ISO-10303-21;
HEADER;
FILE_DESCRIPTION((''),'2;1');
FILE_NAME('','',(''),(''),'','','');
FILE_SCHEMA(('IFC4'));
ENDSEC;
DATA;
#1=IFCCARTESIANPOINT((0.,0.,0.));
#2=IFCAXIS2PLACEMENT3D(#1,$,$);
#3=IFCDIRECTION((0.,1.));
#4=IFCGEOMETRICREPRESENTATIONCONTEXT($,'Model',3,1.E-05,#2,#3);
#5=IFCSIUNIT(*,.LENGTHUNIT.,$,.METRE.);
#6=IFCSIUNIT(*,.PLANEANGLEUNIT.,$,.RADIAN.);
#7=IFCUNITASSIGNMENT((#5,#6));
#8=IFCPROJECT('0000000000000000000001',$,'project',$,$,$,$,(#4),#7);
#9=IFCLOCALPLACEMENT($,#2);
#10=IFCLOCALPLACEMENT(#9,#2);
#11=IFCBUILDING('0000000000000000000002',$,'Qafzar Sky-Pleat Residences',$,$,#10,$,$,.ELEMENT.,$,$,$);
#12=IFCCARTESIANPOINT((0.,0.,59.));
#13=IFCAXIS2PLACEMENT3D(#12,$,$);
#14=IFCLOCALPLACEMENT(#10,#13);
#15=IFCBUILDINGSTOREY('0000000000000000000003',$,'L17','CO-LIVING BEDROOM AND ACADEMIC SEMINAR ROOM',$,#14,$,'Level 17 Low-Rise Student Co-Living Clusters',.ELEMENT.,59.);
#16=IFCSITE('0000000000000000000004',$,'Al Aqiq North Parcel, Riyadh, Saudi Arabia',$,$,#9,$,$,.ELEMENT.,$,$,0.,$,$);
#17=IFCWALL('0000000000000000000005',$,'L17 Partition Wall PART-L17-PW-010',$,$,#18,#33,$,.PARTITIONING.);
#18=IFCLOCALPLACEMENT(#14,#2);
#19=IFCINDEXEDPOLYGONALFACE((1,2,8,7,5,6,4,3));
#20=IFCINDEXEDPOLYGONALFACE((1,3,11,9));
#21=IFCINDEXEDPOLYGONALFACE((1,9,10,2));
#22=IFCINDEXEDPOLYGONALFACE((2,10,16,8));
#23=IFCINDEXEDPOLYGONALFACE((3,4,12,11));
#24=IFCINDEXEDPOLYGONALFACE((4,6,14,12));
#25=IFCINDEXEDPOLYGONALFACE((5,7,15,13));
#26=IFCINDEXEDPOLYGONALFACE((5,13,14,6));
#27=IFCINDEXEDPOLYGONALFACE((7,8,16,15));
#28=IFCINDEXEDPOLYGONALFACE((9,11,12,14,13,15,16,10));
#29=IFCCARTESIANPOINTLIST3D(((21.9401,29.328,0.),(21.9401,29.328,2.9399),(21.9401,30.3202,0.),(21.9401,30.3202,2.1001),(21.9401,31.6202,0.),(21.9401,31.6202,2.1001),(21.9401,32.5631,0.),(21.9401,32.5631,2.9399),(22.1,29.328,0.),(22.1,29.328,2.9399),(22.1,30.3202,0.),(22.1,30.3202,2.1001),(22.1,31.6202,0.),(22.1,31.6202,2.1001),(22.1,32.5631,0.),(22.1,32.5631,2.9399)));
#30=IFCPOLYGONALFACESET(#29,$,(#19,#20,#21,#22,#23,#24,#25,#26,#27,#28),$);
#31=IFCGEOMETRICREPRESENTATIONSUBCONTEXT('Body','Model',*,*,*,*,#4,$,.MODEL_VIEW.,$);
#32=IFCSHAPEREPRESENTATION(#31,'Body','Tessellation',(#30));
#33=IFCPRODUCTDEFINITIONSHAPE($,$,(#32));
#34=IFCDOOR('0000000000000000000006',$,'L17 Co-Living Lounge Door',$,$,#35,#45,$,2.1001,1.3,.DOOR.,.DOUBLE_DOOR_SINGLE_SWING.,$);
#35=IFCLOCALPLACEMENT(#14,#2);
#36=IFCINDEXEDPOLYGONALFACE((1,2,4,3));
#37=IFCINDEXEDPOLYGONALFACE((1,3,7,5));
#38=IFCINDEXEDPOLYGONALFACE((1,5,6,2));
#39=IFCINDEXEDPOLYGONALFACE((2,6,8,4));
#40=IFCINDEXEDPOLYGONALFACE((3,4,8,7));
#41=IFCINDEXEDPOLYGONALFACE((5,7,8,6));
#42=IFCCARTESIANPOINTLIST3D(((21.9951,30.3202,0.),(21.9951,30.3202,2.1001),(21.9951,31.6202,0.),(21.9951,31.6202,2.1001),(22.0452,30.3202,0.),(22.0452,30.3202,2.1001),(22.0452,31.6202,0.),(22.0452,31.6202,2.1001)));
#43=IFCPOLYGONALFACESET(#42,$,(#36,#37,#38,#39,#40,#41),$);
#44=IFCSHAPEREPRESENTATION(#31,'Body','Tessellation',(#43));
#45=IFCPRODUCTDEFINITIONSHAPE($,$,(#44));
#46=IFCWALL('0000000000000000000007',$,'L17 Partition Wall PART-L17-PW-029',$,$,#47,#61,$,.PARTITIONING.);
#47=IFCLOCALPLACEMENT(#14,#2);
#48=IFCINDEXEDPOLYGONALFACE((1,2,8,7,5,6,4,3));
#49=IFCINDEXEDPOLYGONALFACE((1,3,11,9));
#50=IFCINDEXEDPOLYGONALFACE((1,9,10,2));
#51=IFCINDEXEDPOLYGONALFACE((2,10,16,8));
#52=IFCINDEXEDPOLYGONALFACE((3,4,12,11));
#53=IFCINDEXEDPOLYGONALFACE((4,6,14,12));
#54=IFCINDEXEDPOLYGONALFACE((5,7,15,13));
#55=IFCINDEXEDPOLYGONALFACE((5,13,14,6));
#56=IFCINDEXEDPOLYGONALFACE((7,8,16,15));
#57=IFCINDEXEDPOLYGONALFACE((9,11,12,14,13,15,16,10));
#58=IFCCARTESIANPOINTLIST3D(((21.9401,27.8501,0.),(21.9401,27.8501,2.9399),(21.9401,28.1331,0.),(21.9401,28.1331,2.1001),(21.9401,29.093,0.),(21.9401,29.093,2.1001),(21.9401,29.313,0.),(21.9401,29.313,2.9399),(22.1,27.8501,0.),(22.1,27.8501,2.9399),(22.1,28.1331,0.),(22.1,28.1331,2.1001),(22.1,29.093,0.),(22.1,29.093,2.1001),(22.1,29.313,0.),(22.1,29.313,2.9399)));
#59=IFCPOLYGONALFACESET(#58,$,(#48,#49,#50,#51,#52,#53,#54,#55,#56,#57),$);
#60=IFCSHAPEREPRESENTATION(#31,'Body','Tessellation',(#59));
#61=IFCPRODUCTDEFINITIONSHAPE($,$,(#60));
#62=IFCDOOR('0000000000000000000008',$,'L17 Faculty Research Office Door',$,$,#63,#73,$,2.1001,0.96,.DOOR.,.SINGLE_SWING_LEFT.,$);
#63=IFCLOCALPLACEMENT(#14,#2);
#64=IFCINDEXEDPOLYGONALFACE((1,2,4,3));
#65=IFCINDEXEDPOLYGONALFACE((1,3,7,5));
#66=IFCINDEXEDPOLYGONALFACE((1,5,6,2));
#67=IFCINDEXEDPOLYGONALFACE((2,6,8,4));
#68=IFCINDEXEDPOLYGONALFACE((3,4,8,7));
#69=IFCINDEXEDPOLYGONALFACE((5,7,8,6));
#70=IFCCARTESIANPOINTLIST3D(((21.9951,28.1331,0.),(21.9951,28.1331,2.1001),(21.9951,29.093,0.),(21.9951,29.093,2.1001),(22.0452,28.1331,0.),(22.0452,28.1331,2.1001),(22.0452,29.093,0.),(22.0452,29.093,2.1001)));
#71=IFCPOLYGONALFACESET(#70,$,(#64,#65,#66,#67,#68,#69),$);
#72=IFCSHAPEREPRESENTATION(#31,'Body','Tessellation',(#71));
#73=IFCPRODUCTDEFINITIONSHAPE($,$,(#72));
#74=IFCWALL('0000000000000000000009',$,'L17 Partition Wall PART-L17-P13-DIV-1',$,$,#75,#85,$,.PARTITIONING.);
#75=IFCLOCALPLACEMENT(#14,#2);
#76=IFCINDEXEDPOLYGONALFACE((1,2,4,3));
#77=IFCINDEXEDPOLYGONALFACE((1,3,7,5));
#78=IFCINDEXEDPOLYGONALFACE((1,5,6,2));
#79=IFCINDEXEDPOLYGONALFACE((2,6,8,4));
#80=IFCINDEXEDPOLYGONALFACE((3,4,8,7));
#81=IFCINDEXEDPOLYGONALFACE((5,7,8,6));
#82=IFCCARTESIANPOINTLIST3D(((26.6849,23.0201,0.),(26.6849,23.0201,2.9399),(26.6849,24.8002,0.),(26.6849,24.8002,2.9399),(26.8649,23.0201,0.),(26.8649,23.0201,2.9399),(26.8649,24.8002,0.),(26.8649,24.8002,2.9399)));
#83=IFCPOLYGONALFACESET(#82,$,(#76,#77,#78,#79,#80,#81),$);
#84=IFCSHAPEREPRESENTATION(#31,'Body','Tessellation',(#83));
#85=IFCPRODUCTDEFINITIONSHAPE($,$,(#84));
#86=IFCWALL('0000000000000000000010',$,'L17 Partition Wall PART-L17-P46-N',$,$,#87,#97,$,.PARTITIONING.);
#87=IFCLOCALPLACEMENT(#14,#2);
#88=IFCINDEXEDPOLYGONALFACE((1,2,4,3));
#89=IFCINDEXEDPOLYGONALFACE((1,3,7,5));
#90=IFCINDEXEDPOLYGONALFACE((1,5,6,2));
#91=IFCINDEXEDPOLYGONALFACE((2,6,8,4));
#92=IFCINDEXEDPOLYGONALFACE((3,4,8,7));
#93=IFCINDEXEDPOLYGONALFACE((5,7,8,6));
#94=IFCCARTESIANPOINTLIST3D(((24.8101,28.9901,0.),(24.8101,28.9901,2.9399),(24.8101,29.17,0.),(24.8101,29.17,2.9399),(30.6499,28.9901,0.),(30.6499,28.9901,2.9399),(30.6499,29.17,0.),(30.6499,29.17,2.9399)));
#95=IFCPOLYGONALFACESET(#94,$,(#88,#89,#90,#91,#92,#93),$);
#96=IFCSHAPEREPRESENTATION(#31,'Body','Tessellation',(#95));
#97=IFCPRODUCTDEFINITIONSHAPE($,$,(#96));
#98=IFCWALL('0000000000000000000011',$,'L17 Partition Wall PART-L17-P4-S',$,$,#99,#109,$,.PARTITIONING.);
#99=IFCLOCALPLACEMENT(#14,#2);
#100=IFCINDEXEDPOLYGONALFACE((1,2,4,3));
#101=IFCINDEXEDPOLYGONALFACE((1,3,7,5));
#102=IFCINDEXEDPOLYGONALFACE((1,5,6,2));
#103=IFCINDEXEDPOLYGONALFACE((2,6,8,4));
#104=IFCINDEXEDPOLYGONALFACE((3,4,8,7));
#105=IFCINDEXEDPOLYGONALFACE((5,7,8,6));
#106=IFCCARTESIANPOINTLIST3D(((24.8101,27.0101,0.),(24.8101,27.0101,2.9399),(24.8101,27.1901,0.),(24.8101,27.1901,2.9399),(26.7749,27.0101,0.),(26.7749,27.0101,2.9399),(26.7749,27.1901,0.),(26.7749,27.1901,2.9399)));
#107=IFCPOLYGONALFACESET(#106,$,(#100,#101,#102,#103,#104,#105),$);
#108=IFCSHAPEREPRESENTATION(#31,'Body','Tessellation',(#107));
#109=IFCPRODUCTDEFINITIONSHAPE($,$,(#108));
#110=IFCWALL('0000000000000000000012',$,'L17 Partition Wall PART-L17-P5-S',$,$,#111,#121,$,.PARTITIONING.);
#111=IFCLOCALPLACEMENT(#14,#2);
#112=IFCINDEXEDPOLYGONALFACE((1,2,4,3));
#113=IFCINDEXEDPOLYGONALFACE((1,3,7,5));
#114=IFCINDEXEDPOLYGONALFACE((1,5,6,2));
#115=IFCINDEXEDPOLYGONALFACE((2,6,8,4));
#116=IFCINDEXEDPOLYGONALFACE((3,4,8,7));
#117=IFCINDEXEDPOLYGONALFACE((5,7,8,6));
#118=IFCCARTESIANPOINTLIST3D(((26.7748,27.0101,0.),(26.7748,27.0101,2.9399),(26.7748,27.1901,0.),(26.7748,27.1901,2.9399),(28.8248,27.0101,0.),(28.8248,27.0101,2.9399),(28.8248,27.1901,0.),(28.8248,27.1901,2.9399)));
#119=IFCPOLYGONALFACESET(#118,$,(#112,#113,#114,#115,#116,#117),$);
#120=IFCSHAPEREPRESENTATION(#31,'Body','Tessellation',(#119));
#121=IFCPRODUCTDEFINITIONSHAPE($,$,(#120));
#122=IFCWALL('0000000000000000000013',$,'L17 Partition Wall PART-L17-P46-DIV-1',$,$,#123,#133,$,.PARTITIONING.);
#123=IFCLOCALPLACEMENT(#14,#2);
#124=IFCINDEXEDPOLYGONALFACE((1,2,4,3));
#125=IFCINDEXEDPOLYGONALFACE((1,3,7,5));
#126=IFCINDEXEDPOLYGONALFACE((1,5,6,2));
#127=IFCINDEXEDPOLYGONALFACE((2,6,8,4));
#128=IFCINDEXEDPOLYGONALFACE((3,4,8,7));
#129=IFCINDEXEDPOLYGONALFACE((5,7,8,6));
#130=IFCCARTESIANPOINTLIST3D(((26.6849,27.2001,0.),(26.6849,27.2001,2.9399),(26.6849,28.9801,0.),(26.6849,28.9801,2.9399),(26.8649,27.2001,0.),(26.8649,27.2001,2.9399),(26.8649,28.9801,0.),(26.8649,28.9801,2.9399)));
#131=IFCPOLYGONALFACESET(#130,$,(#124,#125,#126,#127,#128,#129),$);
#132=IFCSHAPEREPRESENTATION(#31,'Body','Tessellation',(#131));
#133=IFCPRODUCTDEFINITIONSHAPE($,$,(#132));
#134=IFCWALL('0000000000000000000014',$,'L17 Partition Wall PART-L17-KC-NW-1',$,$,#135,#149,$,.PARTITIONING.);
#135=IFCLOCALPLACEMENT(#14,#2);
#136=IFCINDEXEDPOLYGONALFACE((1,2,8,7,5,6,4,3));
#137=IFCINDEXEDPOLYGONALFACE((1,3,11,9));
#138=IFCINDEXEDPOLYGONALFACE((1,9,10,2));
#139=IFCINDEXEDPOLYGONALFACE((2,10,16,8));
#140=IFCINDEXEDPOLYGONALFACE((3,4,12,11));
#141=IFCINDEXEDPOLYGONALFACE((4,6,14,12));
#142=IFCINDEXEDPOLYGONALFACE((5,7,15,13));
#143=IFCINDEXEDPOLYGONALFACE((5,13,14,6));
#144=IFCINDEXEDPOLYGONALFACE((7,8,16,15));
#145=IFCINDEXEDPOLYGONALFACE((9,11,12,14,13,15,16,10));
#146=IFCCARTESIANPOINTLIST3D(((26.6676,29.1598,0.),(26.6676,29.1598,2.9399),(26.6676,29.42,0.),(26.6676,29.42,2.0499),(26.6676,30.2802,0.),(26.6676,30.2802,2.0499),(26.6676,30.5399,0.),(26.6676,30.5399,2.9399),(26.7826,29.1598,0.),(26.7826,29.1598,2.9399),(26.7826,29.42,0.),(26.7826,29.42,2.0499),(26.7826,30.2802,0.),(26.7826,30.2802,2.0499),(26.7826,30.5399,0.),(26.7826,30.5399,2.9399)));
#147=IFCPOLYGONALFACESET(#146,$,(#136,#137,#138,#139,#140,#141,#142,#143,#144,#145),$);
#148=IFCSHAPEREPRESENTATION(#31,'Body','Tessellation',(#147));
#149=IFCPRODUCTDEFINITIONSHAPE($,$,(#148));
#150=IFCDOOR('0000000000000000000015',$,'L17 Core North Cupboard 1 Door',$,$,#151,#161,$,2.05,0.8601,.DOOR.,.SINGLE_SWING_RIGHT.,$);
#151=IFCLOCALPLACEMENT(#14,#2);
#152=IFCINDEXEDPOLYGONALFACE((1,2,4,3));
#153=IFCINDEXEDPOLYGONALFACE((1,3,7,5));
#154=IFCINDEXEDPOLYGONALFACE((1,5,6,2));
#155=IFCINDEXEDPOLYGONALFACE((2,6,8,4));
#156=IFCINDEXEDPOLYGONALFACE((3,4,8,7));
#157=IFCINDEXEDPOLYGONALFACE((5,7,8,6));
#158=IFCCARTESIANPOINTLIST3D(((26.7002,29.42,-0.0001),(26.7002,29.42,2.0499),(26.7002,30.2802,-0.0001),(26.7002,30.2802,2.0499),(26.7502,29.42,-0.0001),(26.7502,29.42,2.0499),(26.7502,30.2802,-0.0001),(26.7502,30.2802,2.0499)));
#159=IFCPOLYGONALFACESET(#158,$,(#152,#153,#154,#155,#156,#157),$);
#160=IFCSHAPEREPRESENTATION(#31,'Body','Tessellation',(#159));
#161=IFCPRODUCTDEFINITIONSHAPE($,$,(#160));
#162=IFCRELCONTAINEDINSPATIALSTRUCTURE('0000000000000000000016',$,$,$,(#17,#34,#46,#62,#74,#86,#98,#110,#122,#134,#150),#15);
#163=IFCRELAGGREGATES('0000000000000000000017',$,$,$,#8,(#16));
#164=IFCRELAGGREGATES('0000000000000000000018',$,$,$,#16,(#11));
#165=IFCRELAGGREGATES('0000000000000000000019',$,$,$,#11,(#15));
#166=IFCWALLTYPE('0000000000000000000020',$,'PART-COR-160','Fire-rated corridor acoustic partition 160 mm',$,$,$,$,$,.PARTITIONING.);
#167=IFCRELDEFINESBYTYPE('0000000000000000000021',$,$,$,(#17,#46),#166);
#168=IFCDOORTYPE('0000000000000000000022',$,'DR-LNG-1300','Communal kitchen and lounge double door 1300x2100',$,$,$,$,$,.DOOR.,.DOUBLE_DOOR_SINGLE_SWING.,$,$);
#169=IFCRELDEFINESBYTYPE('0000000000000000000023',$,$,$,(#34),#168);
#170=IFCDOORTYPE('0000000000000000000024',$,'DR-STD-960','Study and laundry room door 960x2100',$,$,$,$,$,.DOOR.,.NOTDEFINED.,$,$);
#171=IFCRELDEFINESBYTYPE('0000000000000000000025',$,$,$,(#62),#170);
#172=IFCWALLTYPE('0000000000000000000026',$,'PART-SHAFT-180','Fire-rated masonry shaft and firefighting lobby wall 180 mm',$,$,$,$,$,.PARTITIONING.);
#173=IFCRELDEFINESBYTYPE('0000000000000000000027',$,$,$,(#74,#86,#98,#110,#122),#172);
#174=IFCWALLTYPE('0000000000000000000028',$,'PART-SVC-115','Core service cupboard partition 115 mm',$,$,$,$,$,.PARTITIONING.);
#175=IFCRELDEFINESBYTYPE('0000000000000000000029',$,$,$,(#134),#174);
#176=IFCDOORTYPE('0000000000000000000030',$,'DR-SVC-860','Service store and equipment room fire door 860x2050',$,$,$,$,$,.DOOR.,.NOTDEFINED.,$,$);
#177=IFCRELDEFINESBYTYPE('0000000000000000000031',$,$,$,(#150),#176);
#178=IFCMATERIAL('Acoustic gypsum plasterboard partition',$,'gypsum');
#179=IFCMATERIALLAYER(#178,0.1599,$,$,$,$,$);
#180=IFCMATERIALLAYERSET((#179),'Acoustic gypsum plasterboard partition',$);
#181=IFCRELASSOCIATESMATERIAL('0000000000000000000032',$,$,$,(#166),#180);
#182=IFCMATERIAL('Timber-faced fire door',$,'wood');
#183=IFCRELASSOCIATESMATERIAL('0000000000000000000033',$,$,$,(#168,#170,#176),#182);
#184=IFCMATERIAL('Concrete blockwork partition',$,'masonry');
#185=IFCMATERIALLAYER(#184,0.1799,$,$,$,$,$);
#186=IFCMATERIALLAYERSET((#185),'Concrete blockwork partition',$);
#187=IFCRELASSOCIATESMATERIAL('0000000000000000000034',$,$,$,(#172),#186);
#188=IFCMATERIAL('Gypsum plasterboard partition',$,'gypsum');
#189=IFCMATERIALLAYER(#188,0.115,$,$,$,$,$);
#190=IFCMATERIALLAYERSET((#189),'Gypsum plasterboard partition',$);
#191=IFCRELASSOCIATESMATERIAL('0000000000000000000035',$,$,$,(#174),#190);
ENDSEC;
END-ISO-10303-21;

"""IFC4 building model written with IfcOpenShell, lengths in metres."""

from ifc_helpers import new_model, si_unit, direction, frame, frame_2d, origin, place, context, subcontext, project, spatial, rectangle, extrude, source, transform, mapped, material, layer, layer_set, type_object, element, fill, save


model = new_model("IFC4")

# Units and contexts
model_context = context("Model", 3, precision=1e-05, world=origin(), true_north=direction((0.0, 1.0)))
body_context = subcontext(model_context, "Body", "Model", "MODEL_VIEW")
ifc_project = project(units=[si_unit("LENGTHUNIT", "METRE"), si_unit("PLANEANGLEUNIT", "RADIAN")], contexts=[model_context])

# Site, building, storey
site_placement = place(None, origin())
site = spatial("IfcSite", under=ifc_project, at=site_placement, Name="Al Aqiq North Parcel, Riyadh, Saudi Arabia", CompositionType="ELEMENT", RefElevation=0.0)
building_placement = place(site_placement, origin())
building = spatial("IfcBuilding", under=site, at=building_placement, Name="Qafzar Sky-Pleat Residences", CompositionType="ELEMENT")
storey_placement = place(building_placement, frame((0.0, 0.0, 59.0)))
storey = spatial("IfcBuildingStorey", under=building, at=storey_placement, Name="L17", Description="CO-LIVING BEDROOM AND ACADEMIC SEMINAR ROOM", LongName="Level 17 Low-Rise Student Co-Living Clusters", CompositionType="ELEMENT", Elevation=59.0)

# Walls, openings, doors
ifc_material_1 = material(Name="Acoustic gypsum plasterboard partition", Category="gypsum")
ifc_layer_1 = layer(ifc_material_1, 0.1599)
ifc_layer_set_1 = layer_set([ifc_layer_1], Name="Acoustic gypsum plasterboard partition")
wall_type_1 = type_object("IfcWallType", Name="PART-COR-160", Description="Fire-rated corridor acoustic partition 160 mm", PredefinedType="PARTITIONING", material=ifc_layer_set_1)
wall_1_placement = place(storey_placement, frame((22.02, 29.3279, 0.0), z_axis=(0.0, 0.0, 1.0), x_axis=(0.0, 1.0, 0.0)))
wall_1 = element("IfcWall", 1, at=wall_1_placement, inside=storey, type_object=wall_type_1, Name="L17 Partition Wall PART-L17-PW-010", PredefinedType="PARTITIONING", context=body_context, shape_type="SweptSolid", body=[
    extrude(rectangle(XDim=3.2351, YDim=0.1599, at=frame_2d((1.6177, 0.0))), origin(), (0.0, 0.0, 1.0), 2.9399),
])
opening_1_placement = place(wall_1_placement, frame((0.9924, 0.0, 0.0)))
opening_1 = element("IfcOpeningElement", 2, at=opening_1_placement, cuts=wall_1, PredefinedType="OPENING", context=body_context, shape_type="SweptSolid", body=[
    extrude(rectangle(XDim=1.3, YDim=2.1001, at=frame_2d((0.6499, 1.05))), frame((0.0, 0.0898, 0.0), z_axis=(0.0, -1.0, 0.0), x_axis=(1.0, 0.0, 0.0)), (0.0, 0.0, 1.0), 0.1799),
])
ifc_material_2 = material(Name="Timber-faced fire door", Category="wood")
door_type_1 = type_object("IfcDoorType", Name="DR-LNG-1300", Description="Communal kitchen and lounge double door 1300x2100", OperationType="DOUBLE_DOOR_SINGLE_SWING", PredefinedType="DOOR", material=ifc_material_2)
shared_shape_1 = source(origin(), body_context, "Body", "SweptSolid", [
    extrude(rectangle(XDim=1.3, YDim=2.1001, at=frame_2d((0.6499, 1.05))), frame((0.0, 0.0249, 0.0), z_axis=(0.0, -1.0, 0.0), x_axis=(1.0, 0.0, 0.0)), (0.0, 0.0, 1.0), 0.05),
])
door_1_placement = place(opening_1_placement, origin())
door_1 = element("IfcDoor", 3, at=door_1_placement, inside=storey, type_object=door_type_1, Name="L17 Co-Living Lounge Door", OperationType="DOUBLE_DOOR_SINGLE_SWING", OverallHeight=2.1001, OverallWidth=1.3, PredefinedType="DOOR", context=body_context, shape_type="MappedRepresentation", body=[
    mapped(shared_shape_1, transform((0.0, 0.0, 0.0), x_axis=(1.0, 0.0, 0.0), y_axis=(0.0, 1.0, 0.0), z_axis=(0.0, 0.0, 1.0), scale=1.0)),
])
fill(opening_1, door_1)
wall_2_placement = place(storey_placement, frame((22.02, 27.8501, 0.0), z_axis=(0.0, 0.0, 1.0), x_axis=(0.0, 1.0, 0.0)))
wall_2 = element("IfcWall", 4, at=wall_2_placement, inside=storey, type_object=wall_type_1, Name="L17 Partition Wall PART-L17-PW-029", PredefinedType="PARTITIONING", context=body_context, shape_type="SweptSolid", body=[
    extrude(rectangle(XDim=1.4629, YDim=0.1599, at=frame_2d((0.7314, 0.0))), origin(), (0.0, 0.0, 1.0), 2.9399),
])
opening_2_placement = place(wall_2_placement, frame((0.283, 0.0, 0.0)))
opening_2 = element("IfcOpeningElement", 5, at=opening_2_placement, cuts=wall_2, PredefinedType="OPENING", context=body_context, shape_type="SweptSolid", body=[
    extrude(rectangle(XDim=0.96, YDim=2.1001, at=frame_2d((0.48, 1.05))), frame((0.0, 0.0898, 0.0), z_axis=(0.0, -1.0, 0.0), x_axis=(1.0, 0.0, 0.0)), (0.0, 0.0, 1.0), 0.1799),
])
door_type_2 = type_object("IfcDoorType", Name="DR-STD-960", Description="Study and laundry room door 960x2100", OperationType="NOTDEFINED", PredefinedType="DOOR", material=ifc_material_2)
shared_shape_2 = source(origin(), body_context, "Body", "SweptSolid", [
    extrude(rectangle(XDim=0.96, YDim=2.1001, at=frame_2d((0.48, 1.05))), frame((0.0, 0.0249, 0.0), z_axis=(0.0, -1.0, 0.0), x_axis=(1.0, 0.0, 0.0)), (0.0, 0.0, 1.0), 0.05),
])
door_2_placement = place(opening_2_placement, origin())
door_2 = element("IfcDoor", 6, at=door_2_placement, inside=storey, type_object=door_type_2, Name="L17 Faculty Research Office Door", OperationType="SINGLE_SWING_LEFT", OverallHeight=2.1001, OverallWidth=0.96, PredefinedType="DOOR", context=body_context, shape_type="MappedRepresentation", body=[
    mapped(shared_shape_2, transform((0.0, 0.0, 0.0), x_axis=(1.0, 0.0, 0.0), y_axis=(0.0, 1.0, 0.0), z_axis=(0.0, 0.0, 1.0), scale=1.0)),
])
fill(opening_2, door_2)
ifc_material_3 = material(Name="Concrete blockwork partition", Category="masonry")
ifc_layer_2 = layer(ifc_material_3, 0.1799)
ifc_layer_set_2 = layer_set([ifc_layer_2], Name="Concrete blockwork partition")
wall_type_2 = type_object("IfcWallType", Name="PART-SHAFT-180", Description="Fire-rated masonry shaft and firefighting lobby wall 180 mm", PredefinedType="PARTITIONING", material=ifc_layer_set_2)

# Walls
wall_3_placement = place(storey_placement, frame((26.7749, 23.02, 0.0), z_axis=(0.0, 0.0, 1.0), x_axis=(0.0, 1.0, 0.0)))
element("IfcWall", 7, at=wall_3_placement, inside=storey, type_object=wall_type_2, Name="L17 Partition Wall PART-L17-P13-DIV-1", PredefinedType="PARTITIONING", context=body_context, shape_type="SweptSolid", body=[
    extrude(rectangle(XDim=1.78, YDim=0.1799, at=frame_2d((0.8901, 0.0))), origin(), (0.0, 0.0, 1.0), 2.9399),
])
wall_4_placement = place(storey_placement, frame((24.8101, 29.0801, 0.0), z_axis=(0.0, 0.0, 1.0), x_axis=(1.0, 0.0, 0.0)))
element("IfcWall", 8, at=wall_4_placement, inside=storey, type_object=wall_type_2, Name="L17 Partition Wall PART-L17-P46-N", PredefinedType="PARTITIONING", context=body_context, shape_type="SweptSolid", body=[
    extrude(rectangle(XDim=5.8398, YDim=0.1799, at=frame_2d((2.9199, 0.0))), origin(), (0.0, 0.0, 1.0), 2.9399),
])
wall_5_placement = place(storey_placement, frame((24.8101, 27.1001, 0.0), z_axis=(0.0, 0.0, 1.0), x_axis=(1.0, 0.0, 0.0)))
element("IfcWall", 9, at=wall_5_placement, inside=storey, type_object=wall_type_2, Name="L17 Partition Wall PART-L17-P4-S", PredefinedType="PARTITIONING", context=body_context, shape_type="SweptSolid", body=[
    extrude(rectangle(XDim=1.9648, YDim=0.1799, at=frame_2d((0.9824, 0.0))), origin(), (0.0, 0.0, 1.0), 2.9399),
])
wall_6_placement = place(storey_placement, frame((26.7749, 27.1001, 0.0), z_axis=(0.0, 0.0, 1.0), x_axis=(1.0, 0.0, 0.0)))
element("IfcWall", 10, at=wall_6_placement, inside=storey, type_object=wall_type_2, Name="L17 Partition Wall PART-L17-P5-S", PredefinedType="PARTITIONING", context=body_context, shape_type="SweptSolid", body=[
    extrude(rectangle(XDim=2.05, YDim=0.1799, at=frame_2d((1.0249, 0.0))), origin(), (0.0, 0.0, 1.0), 2.9399),
])
wall_7_placement = place(storey_placement, frame((26.7749, 27.2, 0.0), z_axis=(0.0, 0.0, 1.0), x_axis=(0.0, 1.0, 0.0)))
element("IfcWall", 11, at=wall_7_placement, inside=storey, type_object=wall_type_2, Name="L17 Partition Wall PART-L17-P46-DIV-1", PredefinedType="PARTITIONING", context=body_context, shape_type="SweptSolid", body=[
    extrude(rectangle(XDim=1.78, YDim=0.1799, at=frame_2d((0.8901, 0.0))), origin(), (0.0, 0.0, 1.0), 2.9399),
])

# Wall, opening, door
ifc_material_4 = material(Name="Gypsum plasterboard partition", Category="gypsum")
ifc_layer_3 = layer(ifc_material_4, 0.115)
ifc_layer_set_3 = layer_set([ifc_layer_3], Name="Gypsum plasterboard partition")
wall_type_3 = type_object("IfcWallType", Name="PART-SVC-115", Description="Core service cupboard partition 115 mm", PredefinedType="PARTITIONING", material=ifc_layer_set_3)
wall_8_placement = place(storey_placement, frame((26.7251, 29.1599, 0.0), z_axis=(0.0, 0.0, 1.0), x_axis=(0.0, 1.0, 0.0)))
wall_8 = element("IfcWall", 12, at=wall_8_placement, inside=storey, type_object=wall_type_3, Name="L17 Partition Wall PART-L17-KC-NW-1", PredefinedType="PARTITIONING", context=body_context, shape_type="SweptSolid", body=[
    extrude(rectangle(XDim=1.3801, YDim=0.115, at=frame_2d((0.6899, 0.0))), origin(), (0.0, 0.0, 1.0), 2.9399),
])
opening_3_placement = place(wall_8_placement, frame((0.26, 0.0, 0.0)))
opening_3 = element("IfcOpeningElement", 13, at=opening_3_placement, cuts=wall_8, PredefinedType="OPENING", context=body_context, shape_type="SweptSolid", body=[
    extrude(rectangle(XDim=0.8601, YDim=2.05, at=frame_2d((0.4302, 1.0249))), frame((0.0, 0.0674, 0.0), z_axis=(0.0, -1.0, 0.0), x_axis=(1.0, 0.0, 0.0)), (0.0, 0.0, 1.0), 0.135),
])
door_type_3 = type_object("IfcDoorType", Name="DR-SVC-860", Description="Service store and equipment room fire door 860x2050", OperationType="NOTDEFINED", PredefinedType="DOOR", material=ifc_material_2)
shared_shape_3 = source(origin(), body_context, "Body", "SweptSolid", [
    extrude(rectangle(XDim=0.8601, YDim=2.05, at=frame_2d((0.4302, 1.0249))), frame((0.0, 0.0249, 0.0), z_axis=(0.0, -1.0, 0.0), x_axis=(1.0, 0.0, 0.0)), (0.0, 0.0, 1.0), 0.05),
])
door_3_placement = place(opening_3_placement, origin())
door_3 = element("IfcDoor", 14, at=door_3_placement, inside=storey, type_object=door_type_3, Name="L17 Core North Cupboard 1 Door", OperationType="SINGLE_SWING_RIGHT", OverallHeight=2.05, OverallWidth=0.8601, PredefinedType="DOOR", context=body_context, shape_type="MappedRepresentation", body=[
    mapped(shared_shape_3, transform((0.0, 0.0, 0.0), x_axis=(1.0, 0.0, 0.0), y_axis=(0.0, 1.0, 0.0), z_axis=(0.0, 0.0, 1.0), scale=1.0)),
])
fill(opening_3, door_3)

save(model, "model.ifc")
